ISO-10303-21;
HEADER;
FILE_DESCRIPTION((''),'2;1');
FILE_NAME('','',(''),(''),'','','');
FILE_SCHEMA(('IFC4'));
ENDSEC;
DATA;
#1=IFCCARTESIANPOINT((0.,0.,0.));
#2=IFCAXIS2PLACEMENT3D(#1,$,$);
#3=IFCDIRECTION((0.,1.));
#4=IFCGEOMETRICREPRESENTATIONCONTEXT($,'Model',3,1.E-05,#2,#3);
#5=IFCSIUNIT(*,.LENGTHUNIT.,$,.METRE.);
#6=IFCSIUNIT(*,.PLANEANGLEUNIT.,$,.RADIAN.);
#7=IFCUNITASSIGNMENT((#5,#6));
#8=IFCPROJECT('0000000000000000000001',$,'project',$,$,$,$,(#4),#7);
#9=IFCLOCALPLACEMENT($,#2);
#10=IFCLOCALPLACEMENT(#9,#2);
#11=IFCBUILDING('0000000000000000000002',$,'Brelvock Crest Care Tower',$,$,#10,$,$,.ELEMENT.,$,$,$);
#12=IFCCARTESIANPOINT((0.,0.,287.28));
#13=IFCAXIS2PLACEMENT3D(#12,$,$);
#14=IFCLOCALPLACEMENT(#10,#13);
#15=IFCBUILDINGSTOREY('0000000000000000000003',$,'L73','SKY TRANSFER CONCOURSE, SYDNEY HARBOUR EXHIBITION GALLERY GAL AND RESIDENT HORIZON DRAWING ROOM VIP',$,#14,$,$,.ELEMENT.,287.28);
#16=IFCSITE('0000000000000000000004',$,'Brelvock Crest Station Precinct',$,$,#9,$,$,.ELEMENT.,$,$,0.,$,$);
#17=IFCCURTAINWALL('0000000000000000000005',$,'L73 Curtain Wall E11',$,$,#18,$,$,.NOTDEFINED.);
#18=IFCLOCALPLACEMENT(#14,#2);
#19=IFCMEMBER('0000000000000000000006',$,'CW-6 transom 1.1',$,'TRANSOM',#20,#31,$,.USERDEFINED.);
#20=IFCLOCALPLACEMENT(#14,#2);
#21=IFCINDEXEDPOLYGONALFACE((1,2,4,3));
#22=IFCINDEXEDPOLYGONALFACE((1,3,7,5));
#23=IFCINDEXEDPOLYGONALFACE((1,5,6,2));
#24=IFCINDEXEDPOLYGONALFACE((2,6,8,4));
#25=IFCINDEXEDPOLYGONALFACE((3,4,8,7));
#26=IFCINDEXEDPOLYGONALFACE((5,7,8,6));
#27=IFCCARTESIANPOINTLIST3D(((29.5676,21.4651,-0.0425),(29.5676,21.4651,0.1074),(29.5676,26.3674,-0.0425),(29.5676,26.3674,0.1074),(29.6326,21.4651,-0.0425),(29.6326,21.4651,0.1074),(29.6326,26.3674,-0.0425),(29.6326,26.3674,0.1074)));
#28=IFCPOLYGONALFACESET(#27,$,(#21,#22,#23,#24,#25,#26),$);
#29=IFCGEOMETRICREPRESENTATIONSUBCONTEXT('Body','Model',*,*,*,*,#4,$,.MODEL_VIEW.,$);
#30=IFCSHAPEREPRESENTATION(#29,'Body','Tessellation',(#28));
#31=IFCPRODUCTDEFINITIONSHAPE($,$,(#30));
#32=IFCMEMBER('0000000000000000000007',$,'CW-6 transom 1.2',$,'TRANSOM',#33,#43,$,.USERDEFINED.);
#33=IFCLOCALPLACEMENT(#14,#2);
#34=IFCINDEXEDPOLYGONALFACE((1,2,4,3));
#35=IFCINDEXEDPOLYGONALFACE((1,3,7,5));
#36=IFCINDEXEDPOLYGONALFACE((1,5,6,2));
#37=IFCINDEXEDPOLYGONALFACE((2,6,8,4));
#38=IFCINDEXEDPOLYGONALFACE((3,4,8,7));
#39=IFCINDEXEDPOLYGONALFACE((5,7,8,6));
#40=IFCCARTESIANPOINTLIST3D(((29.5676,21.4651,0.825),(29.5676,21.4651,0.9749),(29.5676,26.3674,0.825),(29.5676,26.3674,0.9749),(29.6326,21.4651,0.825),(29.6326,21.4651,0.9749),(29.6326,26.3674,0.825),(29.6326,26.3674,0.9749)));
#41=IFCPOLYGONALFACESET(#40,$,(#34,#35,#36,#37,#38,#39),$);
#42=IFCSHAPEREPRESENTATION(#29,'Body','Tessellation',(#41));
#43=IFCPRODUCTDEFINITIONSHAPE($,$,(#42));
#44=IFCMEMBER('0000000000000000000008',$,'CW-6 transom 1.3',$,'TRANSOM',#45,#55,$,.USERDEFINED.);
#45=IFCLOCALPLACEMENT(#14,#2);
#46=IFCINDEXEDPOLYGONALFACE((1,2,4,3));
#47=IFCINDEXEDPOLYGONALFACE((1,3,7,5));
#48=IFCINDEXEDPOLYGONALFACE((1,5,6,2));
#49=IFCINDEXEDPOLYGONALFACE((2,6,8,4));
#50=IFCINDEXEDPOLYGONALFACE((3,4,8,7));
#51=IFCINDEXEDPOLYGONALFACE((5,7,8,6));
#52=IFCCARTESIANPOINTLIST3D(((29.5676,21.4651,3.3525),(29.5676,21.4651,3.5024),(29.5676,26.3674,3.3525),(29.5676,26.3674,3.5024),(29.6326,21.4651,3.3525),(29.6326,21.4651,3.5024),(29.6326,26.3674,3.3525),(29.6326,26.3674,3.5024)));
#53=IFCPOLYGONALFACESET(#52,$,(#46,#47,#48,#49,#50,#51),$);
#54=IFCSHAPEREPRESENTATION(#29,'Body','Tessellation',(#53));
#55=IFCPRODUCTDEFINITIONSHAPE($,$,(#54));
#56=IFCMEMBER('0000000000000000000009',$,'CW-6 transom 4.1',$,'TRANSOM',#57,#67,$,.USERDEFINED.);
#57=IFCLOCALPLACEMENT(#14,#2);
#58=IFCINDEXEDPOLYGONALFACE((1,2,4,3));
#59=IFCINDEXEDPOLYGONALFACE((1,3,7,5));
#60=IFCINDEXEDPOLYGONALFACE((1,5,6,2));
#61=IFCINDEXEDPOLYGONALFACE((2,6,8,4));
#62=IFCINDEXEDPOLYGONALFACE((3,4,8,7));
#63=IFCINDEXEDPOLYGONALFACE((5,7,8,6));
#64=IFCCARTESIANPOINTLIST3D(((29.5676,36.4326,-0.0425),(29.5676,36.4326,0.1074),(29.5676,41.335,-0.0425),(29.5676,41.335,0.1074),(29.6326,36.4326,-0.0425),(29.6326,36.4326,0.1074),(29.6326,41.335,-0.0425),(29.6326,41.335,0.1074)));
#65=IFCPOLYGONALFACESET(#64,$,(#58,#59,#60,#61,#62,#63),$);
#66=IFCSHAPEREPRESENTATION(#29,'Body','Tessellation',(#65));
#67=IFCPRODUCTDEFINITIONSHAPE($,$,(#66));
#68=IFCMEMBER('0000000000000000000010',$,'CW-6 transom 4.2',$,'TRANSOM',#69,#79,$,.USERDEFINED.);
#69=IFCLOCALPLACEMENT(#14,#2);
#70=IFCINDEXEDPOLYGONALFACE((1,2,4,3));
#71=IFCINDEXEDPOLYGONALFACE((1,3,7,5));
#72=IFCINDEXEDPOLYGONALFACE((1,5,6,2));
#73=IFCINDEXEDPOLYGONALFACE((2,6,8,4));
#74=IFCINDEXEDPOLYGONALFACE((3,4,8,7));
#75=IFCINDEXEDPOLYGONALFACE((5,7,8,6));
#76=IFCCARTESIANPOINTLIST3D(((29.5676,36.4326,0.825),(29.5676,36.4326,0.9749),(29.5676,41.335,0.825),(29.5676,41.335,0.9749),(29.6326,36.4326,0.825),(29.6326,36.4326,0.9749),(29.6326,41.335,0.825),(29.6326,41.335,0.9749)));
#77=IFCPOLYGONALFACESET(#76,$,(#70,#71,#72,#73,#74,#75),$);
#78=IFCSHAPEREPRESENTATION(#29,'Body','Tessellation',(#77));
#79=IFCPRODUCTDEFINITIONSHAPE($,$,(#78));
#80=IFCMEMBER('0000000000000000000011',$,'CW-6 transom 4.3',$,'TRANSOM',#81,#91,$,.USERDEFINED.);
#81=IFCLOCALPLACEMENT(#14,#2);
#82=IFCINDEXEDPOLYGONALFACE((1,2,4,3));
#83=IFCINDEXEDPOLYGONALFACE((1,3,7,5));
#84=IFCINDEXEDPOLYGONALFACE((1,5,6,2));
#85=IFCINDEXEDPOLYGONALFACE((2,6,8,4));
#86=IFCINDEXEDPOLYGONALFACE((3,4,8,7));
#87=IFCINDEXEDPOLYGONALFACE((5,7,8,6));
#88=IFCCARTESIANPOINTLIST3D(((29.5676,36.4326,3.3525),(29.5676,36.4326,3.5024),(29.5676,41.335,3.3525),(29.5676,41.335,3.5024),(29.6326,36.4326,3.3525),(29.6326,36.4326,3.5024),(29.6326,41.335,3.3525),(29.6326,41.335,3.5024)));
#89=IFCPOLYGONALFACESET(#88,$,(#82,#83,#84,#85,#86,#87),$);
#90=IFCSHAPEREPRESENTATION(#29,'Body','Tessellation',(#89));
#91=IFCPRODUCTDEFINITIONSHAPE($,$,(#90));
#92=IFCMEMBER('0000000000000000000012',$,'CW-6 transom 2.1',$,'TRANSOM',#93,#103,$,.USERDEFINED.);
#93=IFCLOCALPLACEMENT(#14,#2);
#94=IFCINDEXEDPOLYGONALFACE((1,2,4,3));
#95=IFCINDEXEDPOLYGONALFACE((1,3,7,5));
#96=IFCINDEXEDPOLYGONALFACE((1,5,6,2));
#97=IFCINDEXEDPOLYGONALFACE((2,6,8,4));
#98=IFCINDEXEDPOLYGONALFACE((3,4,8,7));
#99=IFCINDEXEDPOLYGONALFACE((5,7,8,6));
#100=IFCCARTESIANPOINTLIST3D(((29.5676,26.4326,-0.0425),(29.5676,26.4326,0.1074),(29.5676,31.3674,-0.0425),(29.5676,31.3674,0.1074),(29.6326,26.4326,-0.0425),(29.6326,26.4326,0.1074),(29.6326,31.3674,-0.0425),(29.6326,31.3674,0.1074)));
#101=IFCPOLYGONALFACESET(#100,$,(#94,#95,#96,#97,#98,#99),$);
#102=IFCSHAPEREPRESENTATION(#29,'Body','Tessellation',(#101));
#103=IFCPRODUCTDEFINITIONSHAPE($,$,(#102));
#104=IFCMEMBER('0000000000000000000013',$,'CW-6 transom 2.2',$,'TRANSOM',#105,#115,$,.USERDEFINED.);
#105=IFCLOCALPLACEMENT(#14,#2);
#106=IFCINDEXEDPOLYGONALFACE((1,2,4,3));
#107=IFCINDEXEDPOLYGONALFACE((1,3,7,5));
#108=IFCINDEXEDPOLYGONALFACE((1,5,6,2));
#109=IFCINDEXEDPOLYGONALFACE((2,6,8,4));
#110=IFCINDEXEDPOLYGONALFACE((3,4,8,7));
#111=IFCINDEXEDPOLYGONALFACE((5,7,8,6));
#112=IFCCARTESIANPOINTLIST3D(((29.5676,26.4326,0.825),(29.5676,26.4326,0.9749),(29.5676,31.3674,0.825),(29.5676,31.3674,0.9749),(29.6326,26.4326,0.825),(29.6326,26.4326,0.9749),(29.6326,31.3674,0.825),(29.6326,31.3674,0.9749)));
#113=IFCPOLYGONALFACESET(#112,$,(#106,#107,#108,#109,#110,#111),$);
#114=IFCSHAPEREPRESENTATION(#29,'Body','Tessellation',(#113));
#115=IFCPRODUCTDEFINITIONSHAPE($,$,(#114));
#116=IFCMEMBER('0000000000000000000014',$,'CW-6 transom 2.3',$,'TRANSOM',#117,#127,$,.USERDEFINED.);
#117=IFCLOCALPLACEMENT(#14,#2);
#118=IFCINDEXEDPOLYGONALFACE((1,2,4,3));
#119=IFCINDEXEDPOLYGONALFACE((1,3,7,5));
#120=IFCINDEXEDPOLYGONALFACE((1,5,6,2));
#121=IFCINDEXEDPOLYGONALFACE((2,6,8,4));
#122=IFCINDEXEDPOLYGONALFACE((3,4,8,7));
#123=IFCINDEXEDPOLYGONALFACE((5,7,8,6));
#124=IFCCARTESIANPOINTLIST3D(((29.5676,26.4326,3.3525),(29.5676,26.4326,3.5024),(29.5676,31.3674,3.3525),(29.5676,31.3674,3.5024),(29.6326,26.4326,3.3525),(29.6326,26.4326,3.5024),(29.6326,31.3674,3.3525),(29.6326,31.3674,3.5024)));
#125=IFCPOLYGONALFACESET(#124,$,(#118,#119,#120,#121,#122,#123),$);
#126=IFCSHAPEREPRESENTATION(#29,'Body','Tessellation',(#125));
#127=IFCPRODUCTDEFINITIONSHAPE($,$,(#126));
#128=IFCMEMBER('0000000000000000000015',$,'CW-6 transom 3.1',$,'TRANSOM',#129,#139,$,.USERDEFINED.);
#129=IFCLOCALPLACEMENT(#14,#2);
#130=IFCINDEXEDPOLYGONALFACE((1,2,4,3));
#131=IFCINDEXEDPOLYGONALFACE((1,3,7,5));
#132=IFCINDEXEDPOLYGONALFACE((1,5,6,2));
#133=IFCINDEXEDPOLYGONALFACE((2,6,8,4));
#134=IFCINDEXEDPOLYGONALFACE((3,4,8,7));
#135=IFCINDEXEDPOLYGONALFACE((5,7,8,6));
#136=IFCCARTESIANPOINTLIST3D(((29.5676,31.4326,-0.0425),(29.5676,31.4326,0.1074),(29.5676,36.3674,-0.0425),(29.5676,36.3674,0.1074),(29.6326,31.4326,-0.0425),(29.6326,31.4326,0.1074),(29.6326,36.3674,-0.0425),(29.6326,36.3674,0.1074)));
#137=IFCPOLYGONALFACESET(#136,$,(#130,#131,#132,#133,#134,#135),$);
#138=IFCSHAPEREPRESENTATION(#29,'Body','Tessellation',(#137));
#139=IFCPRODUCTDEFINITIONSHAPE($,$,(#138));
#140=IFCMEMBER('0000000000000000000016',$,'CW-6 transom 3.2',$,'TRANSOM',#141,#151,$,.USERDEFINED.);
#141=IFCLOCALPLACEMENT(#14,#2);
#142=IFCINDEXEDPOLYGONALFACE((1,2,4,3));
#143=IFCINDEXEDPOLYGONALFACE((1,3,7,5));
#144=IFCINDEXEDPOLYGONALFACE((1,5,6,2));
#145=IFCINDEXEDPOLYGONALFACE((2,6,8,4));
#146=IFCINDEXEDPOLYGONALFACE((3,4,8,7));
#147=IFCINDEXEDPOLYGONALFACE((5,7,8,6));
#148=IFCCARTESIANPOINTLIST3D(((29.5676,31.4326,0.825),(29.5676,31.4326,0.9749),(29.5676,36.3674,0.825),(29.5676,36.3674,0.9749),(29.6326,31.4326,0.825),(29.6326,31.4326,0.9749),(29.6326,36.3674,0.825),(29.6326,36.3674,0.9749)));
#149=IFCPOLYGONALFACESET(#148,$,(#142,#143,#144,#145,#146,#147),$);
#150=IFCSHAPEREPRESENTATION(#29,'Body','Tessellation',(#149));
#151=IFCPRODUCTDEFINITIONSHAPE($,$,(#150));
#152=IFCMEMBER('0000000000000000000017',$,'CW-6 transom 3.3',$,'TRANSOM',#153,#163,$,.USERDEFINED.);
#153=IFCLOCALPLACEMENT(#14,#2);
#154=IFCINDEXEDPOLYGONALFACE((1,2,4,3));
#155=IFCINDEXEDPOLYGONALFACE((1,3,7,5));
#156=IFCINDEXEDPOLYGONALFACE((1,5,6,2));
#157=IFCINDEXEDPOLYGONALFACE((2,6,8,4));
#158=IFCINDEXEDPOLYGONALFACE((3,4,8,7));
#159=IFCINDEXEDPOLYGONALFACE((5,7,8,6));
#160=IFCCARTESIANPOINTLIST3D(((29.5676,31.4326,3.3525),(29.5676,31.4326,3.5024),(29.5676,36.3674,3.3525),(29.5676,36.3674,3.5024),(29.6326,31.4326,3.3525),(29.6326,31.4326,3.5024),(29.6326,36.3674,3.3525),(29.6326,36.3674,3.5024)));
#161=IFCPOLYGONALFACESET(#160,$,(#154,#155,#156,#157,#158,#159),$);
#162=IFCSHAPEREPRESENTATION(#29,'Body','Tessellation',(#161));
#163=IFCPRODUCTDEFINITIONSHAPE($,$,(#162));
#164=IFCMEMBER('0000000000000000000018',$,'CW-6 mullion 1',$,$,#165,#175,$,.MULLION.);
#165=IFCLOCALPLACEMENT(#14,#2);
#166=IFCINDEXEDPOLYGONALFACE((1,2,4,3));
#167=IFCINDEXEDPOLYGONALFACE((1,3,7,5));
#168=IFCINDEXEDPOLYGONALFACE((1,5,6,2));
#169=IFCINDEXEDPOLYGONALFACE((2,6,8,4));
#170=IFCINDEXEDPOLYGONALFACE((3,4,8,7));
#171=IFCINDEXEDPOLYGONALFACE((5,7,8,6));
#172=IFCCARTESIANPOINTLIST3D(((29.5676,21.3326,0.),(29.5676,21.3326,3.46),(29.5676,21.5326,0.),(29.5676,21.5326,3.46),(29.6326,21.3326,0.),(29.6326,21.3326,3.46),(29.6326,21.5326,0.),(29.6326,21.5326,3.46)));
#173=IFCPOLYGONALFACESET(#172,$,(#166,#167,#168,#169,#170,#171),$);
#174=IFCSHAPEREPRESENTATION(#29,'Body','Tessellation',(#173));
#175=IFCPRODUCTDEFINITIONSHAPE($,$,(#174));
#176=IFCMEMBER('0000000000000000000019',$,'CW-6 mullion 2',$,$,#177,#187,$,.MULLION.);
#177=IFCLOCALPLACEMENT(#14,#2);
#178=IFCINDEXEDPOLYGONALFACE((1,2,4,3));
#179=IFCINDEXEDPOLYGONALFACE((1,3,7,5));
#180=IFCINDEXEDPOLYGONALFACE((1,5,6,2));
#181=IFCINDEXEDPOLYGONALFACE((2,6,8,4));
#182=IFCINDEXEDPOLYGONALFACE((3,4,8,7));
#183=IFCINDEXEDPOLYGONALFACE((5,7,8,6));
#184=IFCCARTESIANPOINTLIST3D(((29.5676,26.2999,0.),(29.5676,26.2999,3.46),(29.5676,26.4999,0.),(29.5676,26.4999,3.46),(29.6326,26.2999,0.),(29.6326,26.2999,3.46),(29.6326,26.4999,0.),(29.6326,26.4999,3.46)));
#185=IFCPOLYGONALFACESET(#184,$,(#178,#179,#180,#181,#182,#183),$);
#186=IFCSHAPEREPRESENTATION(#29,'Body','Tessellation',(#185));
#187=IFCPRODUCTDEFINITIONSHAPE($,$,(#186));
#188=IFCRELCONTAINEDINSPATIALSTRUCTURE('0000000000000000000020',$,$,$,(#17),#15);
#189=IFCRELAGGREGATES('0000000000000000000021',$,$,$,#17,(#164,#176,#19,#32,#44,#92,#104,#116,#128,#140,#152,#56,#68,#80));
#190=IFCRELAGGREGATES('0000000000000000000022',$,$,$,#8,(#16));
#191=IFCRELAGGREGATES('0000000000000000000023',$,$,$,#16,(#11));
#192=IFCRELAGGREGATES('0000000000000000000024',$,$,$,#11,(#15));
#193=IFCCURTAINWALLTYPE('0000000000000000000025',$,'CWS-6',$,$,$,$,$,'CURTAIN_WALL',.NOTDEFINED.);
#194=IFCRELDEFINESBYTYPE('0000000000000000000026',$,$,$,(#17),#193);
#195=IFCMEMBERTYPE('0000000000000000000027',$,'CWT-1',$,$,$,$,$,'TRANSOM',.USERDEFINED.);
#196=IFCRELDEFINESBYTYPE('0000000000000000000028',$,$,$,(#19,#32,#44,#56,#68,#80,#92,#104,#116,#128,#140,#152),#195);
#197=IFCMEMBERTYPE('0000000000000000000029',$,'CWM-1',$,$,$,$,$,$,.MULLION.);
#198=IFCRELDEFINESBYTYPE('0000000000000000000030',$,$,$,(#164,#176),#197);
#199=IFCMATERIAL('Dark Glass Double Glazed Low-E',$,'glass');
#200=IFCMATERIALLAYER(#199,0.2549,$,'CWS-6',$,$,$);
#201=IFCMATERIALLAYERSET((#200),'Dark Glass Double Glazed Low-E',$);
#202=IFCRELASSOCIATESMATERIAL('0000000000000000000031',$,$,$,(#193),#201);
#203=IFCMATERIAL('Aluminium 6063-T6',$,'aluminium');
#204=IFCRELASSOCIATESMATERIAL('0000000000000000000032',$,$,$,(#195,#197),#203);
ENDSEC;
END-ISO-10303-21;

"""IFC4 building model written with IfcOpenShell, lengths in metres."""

from ifc_helpers import new_model, si_unit, direction, frame, origin, origin_2d, place, context, subcontext, project, spatial, rectangle, extrude, source, transform, mapped, material, layer, layer_set, material_profile, profile_set, type_object, element, aggregate, save


model = new_model("IFC4")

# Units and contexts
model_context = context("Model", 3, precision=1e-05, world=origin(), true_north=direction((0.0, 1.0)))
body_context = subcontext(model_context, "Body", "Model", "MODEL_VIEW")
ifc_project = project(units=[si_unit("LENGTHUNIT", "METRE"), si_unit("PLANEANGLEUNIT", "RADIAN")], contexts=[model_context])

# Site, building, storey
site_placement = place(None, origin())
site = spatial("IfcSite", under=ifc_project, at=site_placement, Name="Brelvock Crest Station Precinct", CompositionType="ELEMENT", RefElevation=0.0)
building_placement = place(site_placement, origin())
building = spatial("IfcBuilding", under=site, at=building_placement, Name="Brelvock Crest Care Tower", CompositionType="ELEMENT")
storey_placement = place(building_placement, frame((0.0, 0.0, 287.28)))
storey = spatial("IfcBuildingStorey", under=building, at=storey_placement, Name="L73", Description="SKY TRANSFER CONCOURSE, SYDNEY HARBOUR EXHIBITION GALLERY GAL AND RESIDENT HORIZON DRAWING ROOM VIP", CompositionType="ELEMENT", Elevation=287.28)

# Curtain wall, members
ifc_material_1 = material(Name="Dark Glass Double Glazed Low-E", Category="glass")
ifc_layer_1 = layer(ifc_material_1, 0.2549, Name="CWS-6")
ifc_layer_set_1 = layer_set([ifc_layer_1], Name="Dark Glass Double Glazed Low-E")
curtain_wall_type = type_object("IfcCurtainWallType", Name="CWS-6", ElementType="CURTAIN_WALL", PredefinedType="NOTDEFINED", material=ifc_layer_set_1)
curtain_wall_placement = place(storey_placement, origin())
curtain_wall = element("IfcCurtainWall", 1, at=curtain_wall_placement, inside=storey, type_object=curtain_wall_type, Name="L73 Curtain Wall E11", PredefinedType="NOTDEFINED")
ifc_material_2 = material(Name="Aluminium 6063-T6", Category="aluminium")
ifc_material_profile_1 = material_profile(ifc_material_2, rectangle(XDim=0.0649, YDim=0.1499, at=origin_2d()), Name="ALU65x150")
ifc_profile_set_1 = profile_set([ifc_material_profile_1], Name="Aluminium 6063-T6")
member_type_1 = type_object("IfcMemberType", Name="CWT-1", ElementType="TRANSOM", PredefinedType="USERDEFINED", material=ifc_profile_set_1)
shared_shape_1 = source(origin(), body_context, "Body", "SweptSolid", [
    extrude(rectangle(XDim=0.0649, YDim=0.1499, at=origin_2d()), origin(), (0.0, 0.0, 1.0), 4.9023),
])
member_1_placement = place(storey_placement, frame((29.6001, 21.4651, 0.0325), z_axis=(0.0, 1.0, 0.0), x_axis=(-1.0, 0.0, 0.0)))
member_1 = element("IfcMember", 2, at=member_1_placement, type_object=member_type_1, Name="CW-6 transom 1.1", ObjectType="TRANSOM", PredefinedType="USERDEFINED", context=body_context, shape_type="MappedRepresentation", body=[
    mapped(shared_shape_1, transform((0.0, 0.0, 0.0), x_axis=(1.0, 0.0, 0.0), y_axis=(0.0, 1.0, 0.0), z_axis=(0.0, 0.0, 1.0), scale=1.0)),
])
member_2_placement = place(storey_placement, frame((29.6001, 21.4651, 0.8999), z_axis=(0.0, 1.0, 0.0), x_axis=(-1.0, 0.0, 0.0)))
member_2 = element("IfcMember", 3, at=member_2_placement, type_object=member_type_1, Name="CW-6 transom 1.2", ObjectType="TRANSOM", PredefinedType="USERDEFINED", context=body_context, shape_type="MappedRepresentation", body=[
    mapped(shared_shape_1, transform((0.0, 0.0, 0.0), x_axis=(1.0, 0.0, 0.0), y_axis=(0.0, 1.0, 0.0), z_axis=(0.0, 0.0, 1.0), scale=1.0)),
])
member_3_placement = place(storey_placement, frame((29.6001, 21.4651, 3.4275), z_axis=(0.0, 1.0, 0.0), x_axis=(-1.0, 0.0, 0.0)))
member_3 = element("IfcMember", 4, at=member_3_placement, type_object=member_type_1, Name="CW-6 transom 1.3", ObjectType="TRANSOM", PredefinedType="USERDEFINED", context=body_context, shape_type="MappedRepresentation", body=[
    mapped(shared_shape_1, transform((0.0, 0.0, 0.0), x_axis=(1.0, 0.0, 0.0), y_axis=(0.0, 1.0, 0.0), z_axis=(0.0, 0.0, 1.0), scale=1.0)),
])
member_4_placement = place(storey_placement, frame((29.6001, 36.4326, 0.0325), z_axis=(0.0, 1.0, 0.0), x_axis=(-1.0, 0.0, 0.0)))
member_4 = element("IfcMember", 5, at=member_4_placement, type_object=member_type_1, Name="CW-6 transom 4.1", ObjectType="TRANSOM", PredefinedType="USERDEFINED", context=body_context, shape_type="MappedRepresentation", body=[
    mapped(shared_shape_1, transform((0.0, 0.0, 0.0), x_axis=(1.0, 0.0, 0.0), y_axis=(0.0, 1.0, 0.0), z_axis=(0.0, 0.0, 1.0), scale=1.0)),
])
member_5_placement = place(storey_placement, frame((29.6001, 36.4326, 0.8999), z_axis=(0.0, 1.0, 0.0), x_axis=(-1.0, 0.0, 0.0)))
member_5 = element("IfcMember", 6, at=member_5_placement, type_object=member_type_1, Name="CW-6 transom 4.2", ObjectType="TRANSOM", PredefinedType="USERDEFINED", context=body_context, shape_type="MappedRepresentation", body=[
    mapped(shared_shape_1, transform((0.0, 0.0, 0.0), x_axis=(1.0, 0.0, 0.0), y_axis=(0.0, 1.0, 0.0), z_axis=(0.0, 0.0, 1.0), scale=1.0)),
])
member_6_placement = place(storey_placement, frame((29.6001, 36.4326, 3.4275), z_axis=(0.0, 1.0, 0.0), x_axis=(-1.0, 0.0, 0.0)))
member_6 = element("IfcMember", 7, at=member_6_placement, type_object=member_type_1, Name="CW-6 transom 4.3", ObjectType="TRANSOM", PredefinedType="USERDEFINED", context=body_context, shape_type="MappedRepresentation", body=[
    mapped(shared_shape_1, transform((0.0, 0.0, 0.0), x_axis=(1.0, 0.0, 0.0), y_axis=(0.0, 1.0, 0.0), z_axis=(0.0, 0.0, 1.0), scale=1.0)),
])
shared_shape_2 = source(origin(), body_context, "Body", "SweptSolid", [
    extrude(rectangle(XDim=0.0649, YDim=0.1499, at=origin_2d()), origin(), (0.0, 0.0, 1.0), 4.9348),
])
member_7_placement = place(storey_placement, frame((29.6001, 26.4326, 0.0325), z_axis=(0.0, 1.0, 0.0), x_axis=(-1.0, 0.0, 0.0)))
member_7 = element("IfcMember", 8, at=member_7_placement, type_object=member_type_1, Name="CW-6 transom 2.1", ObjectType="TRANSOM", PredefinedType="USERDEFINED", context=body_context, shape_type="MappedRepresentation", body=[
    mapped(shared_shape_2, transform((0.0, 0.0, 0.0), x_axis=(1.0, 0.0, 0.0), y_axis=(0.0, 1.0, 0.0), z_axis=(0.0, 0.0, 1.0), scale=1.0)),
])
member_8_placement = place(storey_placement, frame((29.6001, 26.4326, 0.8999), z_axis=(0.0, 1.0, 0.0), x_axis=(-1.0, 0.0, 0.0)))
member_8 = element("IfcMember", 9, at=member_8_placement, type_object=member_type_1, Name="CW-6 transom 2.2", ObjectType="TRANSOM", PredefinedType="USERDEFINED", context=body_context, shape_type="MappedRepresentation", body=[
    mapped(shared_shape_2, transform((0.0, 0.0, 0.0), x_axis=(1.0, 0.0, 0.0), y_axis=(0.0, 1.0, 0.0), z_axis=(0.0, 0.0, 1.0), scale=1.0)),
])
member_9_placement = place(storey_placement, frame((29.6001, 26.4326, 3.4275), z_axis=(0.0, 1.0, 0.0), x_axis=(-1.0, 0.0, 0.0)))
member_9 = element("IfcMember", 10, at=member_9_placement, type_object=member_type_1, Name="CW-6 transom 2.3", ObjectType="TRANSOM", PredefinedType="USERDEFINED", context=body_context, shape_type="MappedRepresentation", body=[
    mapped(shared_shape_2, transform((0.0, 0.0, 0.0), x_axis=(1.0, 0.0, 0.0), y_axis=(0.0, 1.0, 0.0), z_axis=(0.0, 0.0, 1.0), scale=1.0)),
])
member_10_placement = place(storey_placement, frame((29.6001, 31.4326, 0.0325), z_axis=(0.0, 1.0, 0.0), x_axis=(-1.0, 0.0, 0.0)))
member_10 = element("IfcMember", 11, at=member_10_placement, type_object=member_type_1, Name="CW-6 transom 3.1", ObjectType="TRANSOM", PredefinedType="USERDEFINED", context=body_context, shape_type="MappedRepresentation", body=[
    mapped(shared_shape_2, transform((0.0, 0.0, 0.0), x_axis=(1.0, 0.0, 0.0), y_axis=(0.0, 1.0, 0.0), z_axis=(0.0, 0.0, 1.0), scale=1.0)),
])
member_11_placement = place(storey_placement, frame((29.6001, 31.4326, 0.8999), z_axis=(0.0, 1.0, 0.0), x_axis=(-1.0, 0.0, 0.0)))
member_11 = element("IfcMember", 12, at=member_11_placement, type_object=member_type_1, Name="CW-6 transom 3.2", ObjectType="TRANSOM", PredefinedType="USERDEFINED", context=body_context, shape_type="MappedRepresentation", body=[
    mapped(shared_shape_2, transform((0.0, 0.0, 0.0), x_axis=(1.0, 0.0, 0.0), y_axis=(0.0, 1.0, 0.0), z_axis=(0.0, 0.0, 1.0), scale=1.0)),
])
member_12_placement = place(storey_placement, frame((29.6001, 31.4326, 3.4275), z_axis=(0.0, 1.0, 0.0), x_axis=(-1.0, 0.0, 0.0)))
member_12 = element("IfcMember", 13, at=member_12_placement, type_object=member_type_1, Name="CW-6 transom 3.3", ObjectType="TRANSOM", PredefinedType="USERDEFINED", context=body_context, shape_type="MappedRepresentation", body=[
    mapped(shared_shape_2, transform((0.0, 0.0, 0.0), x_axis=(1.0, 0.0, 0.0), y_axis=(0.0, 1.0, 0.0), z_axis=(0.0, 0.0, 1.0), scale=1.0)),
])
ifc_material_profile_2 = material_profile(ifc_material_2, rectangle(XDim=0.0649, YDim=0.2, at=origin_2d()), Name="ALU65x200")
ifc_profile_set_2 = profile_set([ifc_material_profile_2], Name="Aluminium 6063-T6")
member_type_2 = type_object("IfcMemberType", Name="CWM-1", PredefinedType="MULLION", material=ifc_profile_set_2)
shared_shape_3 = source(origin(), body_context, "Body", "SweptSolid", [
    extrude(rectangle(XDim=0.0649, YDim=0.2, at=origin_2d()), origin(), (0.0, 0.0, 1.0), 3.46),
])
member_13_placement = place(storey_placement, frame((29.6001, 21.4326, 0.0), z_axis=(0.0, 0.0, 1.0), x_axis=(-1.0, 0.0, 0.0)))
member_13 = element("IfcMember", 14, at=member_13_placement, type_object=member_type_2, Name="CW-6 mullion 1", PredefinedType="MULLION", context=body_context, shape_type="MappedRepresentation", body=[
    mapped(shared_shape_3, transform((0.0, 0.0, 0.0), x_axis=(1.0, 0.0, 0.0), y_axis=(0.0, 1.0, 0.0), z_axis=(0.0, 0.0, 1.0), scale=1.0)),
])
member_14_placement = place(storey_placement, frame((29.6001, 26.3999, 0.0), z_axis=(0.0, 0.0, 1.0), x_axis=(-1.0, 0.0, 0.0)))
member_14 = element("IfcMember", 15, at=member_14_placement, type_object=member_type_2, Name="CW-6 mullion 2", PredefinedType="MULLION", context=body_context, shape_type="MappedRepresentation", body=[
    mapped(shared_shape_3, transform((0.0, 0.0, 0.0), x_axis=(1.0, 0.0, 0.0), y_axis=(0.0, 1.0, 0.0), z_axis=(0.0, 0.0, 1.0), scale=1.0)),
])
aggregate(curtain_wall, [member_13, member_14, member_1, member_2, member_3, member_7, member_8, member_9, member_10, member_11, member_12, member_4, member_5, member_6])

save(model, "model.ifc")
